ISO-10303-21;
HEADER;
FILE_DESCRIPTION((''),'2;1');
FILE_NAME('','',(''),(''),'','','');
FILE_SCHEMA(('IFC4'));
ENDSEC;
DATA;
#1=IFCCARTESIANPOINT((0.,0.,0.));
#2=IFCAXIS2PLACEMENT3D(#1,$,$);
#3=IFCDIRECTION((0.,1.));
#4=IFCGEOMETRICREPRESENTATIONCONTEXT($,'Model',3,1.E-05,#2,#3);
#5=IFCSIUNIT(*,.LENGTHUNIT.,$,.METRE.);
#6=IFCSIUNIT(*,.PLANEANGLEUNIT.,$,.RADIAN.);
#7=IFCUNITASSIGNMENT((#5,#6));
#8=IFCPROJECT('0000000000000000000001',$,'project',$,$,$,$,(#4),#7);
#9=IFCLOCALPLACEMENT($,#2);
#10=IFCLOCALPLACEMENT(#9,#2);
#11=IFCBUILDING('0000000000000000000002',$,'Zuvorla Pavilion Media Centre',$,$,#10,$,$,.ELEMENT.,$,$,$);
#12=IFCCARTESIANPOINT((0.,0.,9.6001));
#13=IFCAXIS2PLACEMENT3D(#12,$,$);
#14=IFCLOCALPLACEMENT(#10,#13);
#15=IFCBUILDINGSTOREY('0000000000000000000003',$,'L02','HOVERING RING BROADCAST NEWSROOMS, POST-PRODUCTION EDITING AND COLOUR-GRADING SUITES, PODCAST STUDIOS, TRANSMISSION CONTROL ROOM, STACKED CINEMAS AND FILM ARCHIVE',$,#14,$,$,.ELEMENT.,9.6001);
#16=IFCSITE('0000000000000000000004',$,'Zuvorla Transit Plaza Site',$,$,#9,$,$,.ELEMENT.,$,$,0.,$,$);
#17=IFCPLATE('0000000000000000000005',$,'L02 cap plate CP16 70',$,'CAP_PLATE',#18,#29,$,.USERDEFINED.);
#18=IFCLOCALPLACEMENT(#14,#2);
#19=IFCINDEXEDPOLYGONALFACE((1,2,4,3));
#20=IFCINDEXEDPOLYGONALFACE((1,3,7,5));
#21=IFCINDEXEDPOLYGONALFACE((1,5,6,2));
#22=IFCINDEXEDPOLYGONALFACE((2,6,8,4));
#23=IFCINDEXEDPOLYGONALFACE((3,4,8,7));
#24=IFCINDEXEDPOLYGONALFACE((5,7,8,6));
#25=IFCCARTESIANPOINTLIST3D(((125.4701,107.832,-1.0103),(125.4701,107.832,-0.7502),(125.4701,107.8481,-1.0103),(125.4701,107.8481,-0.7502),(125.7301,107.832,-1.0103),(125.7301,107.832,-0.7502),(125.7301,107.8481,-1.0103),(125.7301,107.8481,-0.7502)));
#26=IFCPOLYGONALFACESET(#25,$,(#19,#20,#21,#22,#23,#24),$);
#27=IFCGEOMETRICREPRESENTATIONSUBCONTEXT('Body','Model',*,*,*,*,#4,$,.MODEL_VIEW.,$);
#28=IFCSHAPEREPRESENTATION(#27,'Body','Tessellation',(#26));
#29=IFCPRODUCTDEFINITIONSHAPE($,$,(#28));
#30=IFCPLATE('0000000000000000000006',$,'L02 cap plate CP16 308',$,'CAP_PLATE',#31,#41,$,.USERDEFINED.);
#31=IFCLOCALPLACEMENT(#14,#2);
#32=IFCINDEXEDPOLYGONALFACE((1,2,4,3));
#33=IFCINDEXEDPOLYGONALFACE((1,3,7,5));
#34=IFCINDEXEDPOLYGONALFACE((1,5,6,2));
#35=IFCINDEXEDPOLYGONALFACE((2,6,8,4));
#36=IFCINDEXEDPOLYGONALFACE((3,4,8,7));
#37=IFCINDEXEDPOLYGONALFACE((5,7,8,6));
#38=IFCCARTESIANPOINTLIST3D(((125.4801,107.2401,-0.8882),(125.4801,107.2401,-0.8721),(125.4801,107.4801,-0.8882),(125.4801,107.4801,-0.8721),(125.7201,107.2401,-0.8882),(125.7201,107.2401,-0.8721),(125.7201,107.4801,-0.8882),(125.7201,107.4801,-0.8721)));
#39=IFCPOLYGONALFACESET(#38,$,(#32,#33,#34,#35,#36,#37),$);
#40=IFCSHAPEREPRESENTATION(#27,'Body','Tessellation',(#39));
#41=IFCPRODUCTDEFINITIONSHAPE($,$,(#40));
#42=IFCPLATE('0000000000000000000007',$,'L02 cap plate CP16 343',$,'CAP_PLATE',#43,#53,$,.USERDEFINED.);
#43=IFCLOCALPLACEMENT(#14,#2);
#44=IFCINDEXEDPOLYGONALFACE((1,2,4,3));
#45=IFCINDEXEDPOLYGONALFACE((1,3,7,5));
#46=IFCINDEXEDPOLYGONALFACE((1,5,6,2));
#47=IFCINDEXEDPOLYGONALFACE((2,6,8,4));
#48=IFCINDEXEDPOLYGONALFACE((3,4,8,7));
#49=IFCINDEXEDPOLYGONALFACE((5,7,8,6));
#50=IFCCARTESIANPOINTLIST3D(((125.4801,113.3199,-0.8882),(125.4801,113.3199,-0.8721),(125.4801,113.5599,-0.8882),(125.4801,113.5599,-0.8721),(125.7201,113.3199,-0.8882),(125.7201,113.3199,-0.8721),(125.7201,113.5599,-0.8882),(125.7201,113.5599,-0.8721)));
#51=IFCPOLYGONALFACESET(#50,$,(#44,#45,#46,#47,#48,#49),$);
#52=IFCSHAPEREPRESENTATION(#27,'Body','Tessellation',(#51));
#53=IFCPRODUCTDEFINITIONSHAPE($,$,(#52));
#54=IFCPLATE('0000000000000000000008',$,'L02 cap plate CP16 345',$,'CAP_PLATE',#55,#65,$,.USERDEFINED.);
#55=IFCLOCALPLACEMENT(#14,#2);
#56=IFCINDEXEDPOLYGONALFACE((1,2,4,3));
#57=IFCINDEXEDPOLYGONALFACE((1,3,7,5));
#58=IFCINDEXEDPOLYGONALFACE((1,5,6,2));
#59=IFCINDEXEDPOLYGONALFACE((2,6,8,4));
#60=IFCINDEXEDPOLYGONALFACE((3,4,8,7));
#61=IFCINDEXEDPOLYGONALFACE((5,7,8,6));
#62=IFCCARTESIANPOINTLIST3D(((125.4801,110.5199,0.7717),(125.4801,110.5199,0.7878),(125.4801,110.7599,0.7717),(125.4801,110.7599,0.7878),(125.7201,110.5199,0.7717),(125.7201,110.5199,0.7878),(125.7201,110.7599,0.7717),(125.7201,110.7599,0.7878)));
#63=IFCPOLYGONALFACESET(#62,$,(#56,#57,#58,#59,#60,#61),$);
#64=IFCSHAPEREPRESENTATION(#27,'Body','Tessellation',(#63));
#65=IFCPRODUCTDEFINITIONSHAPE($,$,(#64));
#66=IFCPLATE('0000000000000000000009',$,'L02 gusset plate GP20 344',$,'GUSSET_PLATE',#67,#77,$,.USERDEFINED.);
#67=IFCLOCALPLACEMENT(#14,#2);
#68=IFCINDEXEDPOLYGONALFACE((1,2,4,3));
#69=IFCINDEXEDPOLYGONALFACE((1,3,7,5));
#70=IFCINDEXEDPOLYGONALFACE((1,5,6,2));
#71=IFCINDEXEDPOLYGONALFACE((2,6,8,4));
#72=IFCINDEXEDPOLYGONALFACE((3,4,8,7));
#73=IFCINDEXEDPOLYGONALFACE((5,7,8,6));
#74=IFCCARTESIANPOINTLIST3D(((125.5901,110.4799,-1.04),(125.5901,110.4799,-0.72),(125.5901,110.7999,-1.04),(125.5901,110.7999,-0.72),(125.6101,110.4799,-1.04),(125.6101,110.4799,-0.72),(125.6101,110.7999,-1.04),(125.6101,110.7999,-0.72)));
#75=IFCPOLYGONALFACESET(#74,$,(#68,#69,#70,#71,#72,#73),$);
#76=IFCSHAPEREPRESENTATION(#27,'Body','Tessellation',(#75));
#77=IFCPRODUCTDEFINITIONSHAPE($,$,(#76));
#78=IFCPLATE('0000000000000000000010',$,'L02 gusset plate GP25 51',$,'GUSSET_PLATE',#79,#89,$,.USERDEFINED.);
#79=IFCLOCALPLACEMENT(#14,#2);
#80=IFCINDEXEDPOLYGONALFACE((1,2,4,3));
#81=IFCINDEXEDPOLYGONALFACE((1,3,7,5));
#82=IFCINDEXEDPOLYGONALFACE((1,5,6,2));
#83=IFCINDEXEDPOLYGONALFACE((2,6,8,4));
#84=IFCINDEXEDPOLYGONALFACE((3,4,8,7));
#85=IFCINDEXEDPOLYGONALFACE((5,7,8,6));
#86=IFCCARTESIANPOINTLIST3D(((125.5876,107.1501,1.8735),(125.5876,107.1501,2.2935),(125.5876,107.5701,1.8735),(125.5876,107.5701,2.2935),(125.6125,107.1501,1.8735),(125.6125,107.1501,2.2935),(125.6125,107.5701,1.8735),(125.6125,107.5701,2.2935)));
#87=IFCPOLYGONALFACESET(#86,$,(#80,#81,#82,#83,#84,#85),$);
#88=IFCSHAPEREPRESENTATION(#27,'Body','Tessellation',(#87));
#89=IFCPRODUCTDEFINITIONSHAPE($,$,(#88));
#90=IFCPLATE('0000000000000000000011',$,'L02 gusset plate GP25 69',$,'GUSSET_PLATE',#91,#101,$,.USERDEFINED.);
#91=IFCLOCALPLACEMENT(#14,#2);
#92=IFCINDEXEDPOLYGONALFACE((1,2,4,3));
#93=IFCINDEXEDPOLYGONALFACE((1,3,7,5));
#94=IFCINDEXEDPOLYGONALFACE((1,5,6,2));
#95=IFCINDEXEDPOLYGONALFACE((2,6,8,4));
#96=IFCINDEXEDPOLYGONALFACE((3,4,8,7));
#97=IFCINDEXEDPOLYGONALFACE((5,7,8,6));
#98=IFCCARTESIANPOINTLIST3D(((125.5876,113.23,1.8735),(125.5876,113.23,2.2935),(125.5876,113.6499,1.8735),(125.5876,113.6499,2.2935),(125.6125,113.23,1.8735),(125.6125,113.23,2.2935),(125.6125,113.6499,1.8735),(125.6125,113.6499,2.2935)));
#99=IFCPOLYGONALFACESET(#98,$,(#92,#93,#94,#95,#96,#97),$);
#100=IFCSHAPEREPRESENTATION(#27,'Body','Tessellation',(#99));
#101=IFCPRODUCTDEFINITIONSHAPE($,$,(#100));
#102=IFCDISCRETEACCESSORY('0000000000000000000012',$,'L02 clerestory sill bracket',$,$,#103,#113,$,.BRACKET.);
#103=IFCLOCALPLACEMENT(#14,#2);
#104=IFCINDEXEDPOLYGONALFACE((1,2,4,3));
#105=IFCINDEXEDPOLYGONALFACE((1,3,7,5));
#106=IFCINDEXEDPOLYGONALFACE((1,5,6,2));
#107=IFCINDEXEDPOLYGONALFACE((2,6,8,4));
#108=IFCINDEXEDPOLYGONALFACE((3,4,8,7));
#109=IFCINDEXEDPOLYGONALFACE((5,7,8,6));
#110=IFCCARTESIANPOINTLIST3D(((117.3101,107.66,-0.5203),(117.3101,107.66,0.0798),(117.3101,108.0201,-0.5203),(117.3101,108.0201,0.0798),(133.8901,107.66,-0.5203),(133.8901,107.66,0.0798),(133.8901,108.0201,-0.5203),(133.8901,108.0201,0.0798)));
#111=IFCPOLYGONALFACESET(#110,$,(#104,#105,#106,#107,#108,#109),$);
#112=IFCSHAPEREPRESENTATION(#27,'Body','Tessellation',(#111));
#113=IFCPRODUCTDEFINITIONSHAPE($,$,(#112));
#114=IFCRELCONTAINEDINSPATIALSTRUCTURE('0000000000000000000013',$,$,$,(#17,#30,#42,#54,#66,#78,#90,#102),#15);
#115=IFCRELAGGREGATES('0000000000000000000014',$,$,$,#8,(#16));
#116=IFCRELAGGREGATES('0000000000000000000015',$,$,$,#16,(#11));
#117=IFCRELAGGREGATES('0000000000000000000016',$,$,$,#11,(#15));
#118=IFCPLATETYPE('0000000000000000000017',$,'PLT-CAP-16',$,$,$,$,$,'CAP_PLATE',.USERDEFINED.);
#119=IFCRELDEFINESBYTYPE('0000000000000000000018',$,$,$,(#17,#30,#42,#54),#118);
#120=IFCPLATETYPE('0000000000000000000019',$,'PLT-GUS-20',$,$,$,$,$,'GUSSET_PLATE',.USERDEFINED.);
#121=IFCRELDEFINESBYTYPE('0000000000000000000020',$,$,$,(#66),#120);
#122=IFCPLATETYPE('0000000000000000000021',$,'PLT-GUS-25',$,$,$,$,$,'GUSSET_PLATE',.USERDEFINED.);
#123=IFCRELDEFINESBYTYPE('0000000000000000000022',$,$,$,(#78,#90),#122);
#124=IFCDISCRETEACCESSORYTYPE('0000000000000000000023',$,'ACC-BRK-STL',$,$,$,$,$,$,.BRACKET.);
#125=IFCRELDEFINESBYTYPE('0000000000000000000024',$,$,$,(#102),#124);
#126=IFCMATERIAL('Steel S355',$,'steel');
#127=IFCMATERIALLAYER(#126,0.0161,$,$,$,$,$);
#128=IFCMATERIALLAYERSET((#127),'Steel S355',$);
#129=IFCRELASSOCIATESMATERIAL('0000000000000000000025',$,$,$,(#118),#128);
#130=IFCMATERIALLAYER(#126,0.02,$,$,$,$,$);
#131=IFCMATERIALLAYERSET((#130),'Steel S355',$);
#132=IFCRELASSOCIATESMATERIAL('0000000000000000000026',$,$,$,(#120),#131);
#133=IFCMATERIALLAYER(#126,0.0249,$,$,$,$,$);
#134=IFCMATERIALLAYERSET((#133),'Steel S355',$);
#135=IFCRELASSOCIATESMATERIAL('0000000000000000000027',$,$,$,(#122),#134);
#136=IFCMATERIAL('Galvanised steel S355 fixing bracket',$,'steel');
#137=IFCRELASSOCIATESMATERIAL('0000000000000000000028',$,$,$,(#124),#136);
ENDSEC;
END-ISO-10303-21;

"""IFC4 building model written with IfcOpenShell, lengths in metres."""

from ifc_helpers import new_model, si_unit, direction, frame, origin, origin_2d, place, context, subcontext, project, spatial, rectangle, extrude, material, layer, layer_set, type_object, element, save


model = new_model("IFC4")

# Units and contexts
model_context = context("Model", 3, precision=1e-05, world=origin(), true_north=direction((0.0, 1.0)))
body_context = subcontext(model_context, "Body", "Model", "MODEL_VIEW")
ifc_project = project(units=[si_unit("LENGTHUNIT", "METRE"), si_unit("PLANEANGLEUNIT", "RADIAN")], contexts=[model_context])

# Site, building, storey
site_placement = place(None, origin())
site = spatial("IfcSite", under=ifc_project, at=site_placement, Name="Zuvorla Transit Plaza Site", CompositionType="ELEMENT", RefElevation=0.0)
building_placement = place(site_placement, origin())
building = spatial("IfcBuilding", under=site, at=building_placement, Name="Zuvorla Pavilion Media Centre", CompositionType="ELEMENT")
storey_placement = place(building_placement, frame((0.0, 0.0, 9.6001)))
storey = spatial("IfcBuildingStorey", under=building, at=storey_placement, Name="L02", Description="HOVERING RING BROADCAST NEWSROOMS, POST-PRODUCTION EDITING AND COLOUR-GRADING SUITES, PODCAST STUDIOS, TRANSMISSION CONTROL ROOM, STACKED CINEMAS AND FILM ARCHIVE", CompositionType="ELEMENT", Elevation=9.6001)

# Shared definitions
ifc_material_1 = material(Name="Steel S355", Category="steel")

# Plates
ifc_layer_1 = layer(ifc_material_1, 0.0161)
ifc_layer_set_1 = layer_set([ifc_layer_1], Name="Steel S355")
plate_type_1 = type_object("IfcPlateType", Name="PLT-CAP-16", ElementType="CAP_PLATE", PredefinedType="USERDEFINED", material=ifc_layer_set_1)
plate_1_placement = place(storey_placement, frame((125.6001, 107.8401, -1.0103), z_axis=(0.0, 0.0, 1.0), x_axis=(1.0, 0.0, 0.0)))
element("IfcPlate", 1, at=plate_1_placement, inside=storey, type_object=plate_type_1, Name="L02 cap plate CP16 70", ObjectType="CAP_PLATE", PredefinedType="USERDEFINED", context=body_context, shape_type="SweptSolid", body=[
    extrude(rectangle(XDim=0.26, YDim=0.0161, at=origin_2d()), origin(), (0.0, 0.0, 1.0), 0.26),
])
for number, where, z_axis, x_axis, name in (
    (2, (125.6001, 107.3601, -0.8882), (0.0, 0.0, 1.0), (1.0, 0.0, 0.0), "L02 cap plate CP16 308"),
    (3, (125.6001, 113.4399, -0.8882), (0.0, 0.0, 1.0), (1.0, 0.0, 0.0), "L02 cap plate CP16 343"),
    (4, (125.6001, 110.6399, 0.7717), (0.0, 0.0, 1.0), (1.0, 0.0, 0.0), "L02 cap plate CP16 345"),
):
    element("IfcPlate", number, at=place(storey_placement, frame(where, z_axis=z_axis, x_axis=x_axis)), inside=storey, type_object=plate_type_1, Name=name, ObjectType="CAP_PLATE", PredefinedType="USERDEFINED", context=body_context, shape_type="SweptSolid", body=[
        extrude(rectangle(XDim=0.24, YDim=0.24, at=origin_2d()), origin(), (0.0, 0.0, 1.0), 0.0161),
    ])
ifc_layer_2 = layer(ifc_material_1, 0.02)
ifc_layer_set_2 = layer_set([ifc_layer_2], Name="Steel S355")
plate_type_2 = type_object("IfcPlateType", Name="PLT-GUS-20", ElementType="GUSSET_PLATE", PredefinedType="USERDEFINED", material=ifc_layer_set_2)
plate_2_placement = place(storey_placement, frame((125.6001, 110.6399, -1.04), z_axis=(0.0, 0.0, 1.0), x_axis=(1.0, 0.0, 0.0)))
element("IfcPlate", 5, at=plate_2_placement, inside=storey, type_object=plate_type_2, Name="L02 gusset plate GP20 344", ObjectType="GUSSET_PLATE", PredefinedType="USERDEFINED", context=body_context, shape_type="SweptSolid", body=[
    extrude(rectangle(XDim=0.02, YDim=0.3201, at=origin_2d()), origin(), (0.0, 0.0, 1.0), 0.3201),
])
ifc_layer_3 = layer(ifc_material_1, 0.0249)
ifc_layer_set_3 = layer_set([ifc_layer_3], Name="Steel S355")
plate_type_3 = type_object("IfcPlateType", Name="PLT-GUS-25", ElementType="GUSSET_PLATE", PredefinedType="USERDEFINED", material=ifc_layer_set_3)
for number, where, z_axis, x_axis, name in (
    (6, (125.6001, 107.3601, 1.8735), (0.0, 0.0, 1.0), (1.0, 0.0, 0.0), "L02 gusset plate GP25 51"),
    (7, (125.6001, 113.4399, 1.8735), (0.0, 0.0, 1.0), (1.0, 0.0, 0.0), "L02 gusset plate GP25 69"),
):
    element("IfcPlate", number, at=place(storey_placement, frame(where, z_axis=z_axis, x_axis=x_axis)), inside=storey, type_object=plate_type_3, Name=name, ObjectType="GUSSET_PLATE", PredefinedType="USERDEFINED", context=body_context, shape_type="SweptSolid", body=[
        extrude(rectangle(XDim=0.0249, YDim=0.4199, at=origin_2d()), origin(), (0.0, 0.0, 1.0), 0.4199),
    ])

# Discrete accessory
ifc_material_2 = material(Name="Galvanised steel S355 fixing bracket", Category="steel")
discrete_accessory_type = type_object("IfcDiscreteAccessoryType", Name="ACC-BRK-STL", PredefinedType="BRACKET", material=ifc_material_2)
discrete_accessory_placement = place(storey_placement, frame((125.6001, 107.8401, -0.5203), z_axis=(0.0, 0.0, 1.0), x_axis=(1.0, 0.0, 0.0)))
element("IfcDiscreteAccessory", 8, at=discrete_accessory_placement, inside=storey, type_object=discrete_accessory_type, Name="L02 clerestory sill bracket", PredefinedType="BRACKET", context=body_context, shape_type="SweptSolid", body=[
    extrude(rectangle(XDim=16.5801, YDim=0.3601, at=origin_2d()), origin(), (0.0, 0.0, 1.0), 0.6001),
])

save(model, "model.ifc")
